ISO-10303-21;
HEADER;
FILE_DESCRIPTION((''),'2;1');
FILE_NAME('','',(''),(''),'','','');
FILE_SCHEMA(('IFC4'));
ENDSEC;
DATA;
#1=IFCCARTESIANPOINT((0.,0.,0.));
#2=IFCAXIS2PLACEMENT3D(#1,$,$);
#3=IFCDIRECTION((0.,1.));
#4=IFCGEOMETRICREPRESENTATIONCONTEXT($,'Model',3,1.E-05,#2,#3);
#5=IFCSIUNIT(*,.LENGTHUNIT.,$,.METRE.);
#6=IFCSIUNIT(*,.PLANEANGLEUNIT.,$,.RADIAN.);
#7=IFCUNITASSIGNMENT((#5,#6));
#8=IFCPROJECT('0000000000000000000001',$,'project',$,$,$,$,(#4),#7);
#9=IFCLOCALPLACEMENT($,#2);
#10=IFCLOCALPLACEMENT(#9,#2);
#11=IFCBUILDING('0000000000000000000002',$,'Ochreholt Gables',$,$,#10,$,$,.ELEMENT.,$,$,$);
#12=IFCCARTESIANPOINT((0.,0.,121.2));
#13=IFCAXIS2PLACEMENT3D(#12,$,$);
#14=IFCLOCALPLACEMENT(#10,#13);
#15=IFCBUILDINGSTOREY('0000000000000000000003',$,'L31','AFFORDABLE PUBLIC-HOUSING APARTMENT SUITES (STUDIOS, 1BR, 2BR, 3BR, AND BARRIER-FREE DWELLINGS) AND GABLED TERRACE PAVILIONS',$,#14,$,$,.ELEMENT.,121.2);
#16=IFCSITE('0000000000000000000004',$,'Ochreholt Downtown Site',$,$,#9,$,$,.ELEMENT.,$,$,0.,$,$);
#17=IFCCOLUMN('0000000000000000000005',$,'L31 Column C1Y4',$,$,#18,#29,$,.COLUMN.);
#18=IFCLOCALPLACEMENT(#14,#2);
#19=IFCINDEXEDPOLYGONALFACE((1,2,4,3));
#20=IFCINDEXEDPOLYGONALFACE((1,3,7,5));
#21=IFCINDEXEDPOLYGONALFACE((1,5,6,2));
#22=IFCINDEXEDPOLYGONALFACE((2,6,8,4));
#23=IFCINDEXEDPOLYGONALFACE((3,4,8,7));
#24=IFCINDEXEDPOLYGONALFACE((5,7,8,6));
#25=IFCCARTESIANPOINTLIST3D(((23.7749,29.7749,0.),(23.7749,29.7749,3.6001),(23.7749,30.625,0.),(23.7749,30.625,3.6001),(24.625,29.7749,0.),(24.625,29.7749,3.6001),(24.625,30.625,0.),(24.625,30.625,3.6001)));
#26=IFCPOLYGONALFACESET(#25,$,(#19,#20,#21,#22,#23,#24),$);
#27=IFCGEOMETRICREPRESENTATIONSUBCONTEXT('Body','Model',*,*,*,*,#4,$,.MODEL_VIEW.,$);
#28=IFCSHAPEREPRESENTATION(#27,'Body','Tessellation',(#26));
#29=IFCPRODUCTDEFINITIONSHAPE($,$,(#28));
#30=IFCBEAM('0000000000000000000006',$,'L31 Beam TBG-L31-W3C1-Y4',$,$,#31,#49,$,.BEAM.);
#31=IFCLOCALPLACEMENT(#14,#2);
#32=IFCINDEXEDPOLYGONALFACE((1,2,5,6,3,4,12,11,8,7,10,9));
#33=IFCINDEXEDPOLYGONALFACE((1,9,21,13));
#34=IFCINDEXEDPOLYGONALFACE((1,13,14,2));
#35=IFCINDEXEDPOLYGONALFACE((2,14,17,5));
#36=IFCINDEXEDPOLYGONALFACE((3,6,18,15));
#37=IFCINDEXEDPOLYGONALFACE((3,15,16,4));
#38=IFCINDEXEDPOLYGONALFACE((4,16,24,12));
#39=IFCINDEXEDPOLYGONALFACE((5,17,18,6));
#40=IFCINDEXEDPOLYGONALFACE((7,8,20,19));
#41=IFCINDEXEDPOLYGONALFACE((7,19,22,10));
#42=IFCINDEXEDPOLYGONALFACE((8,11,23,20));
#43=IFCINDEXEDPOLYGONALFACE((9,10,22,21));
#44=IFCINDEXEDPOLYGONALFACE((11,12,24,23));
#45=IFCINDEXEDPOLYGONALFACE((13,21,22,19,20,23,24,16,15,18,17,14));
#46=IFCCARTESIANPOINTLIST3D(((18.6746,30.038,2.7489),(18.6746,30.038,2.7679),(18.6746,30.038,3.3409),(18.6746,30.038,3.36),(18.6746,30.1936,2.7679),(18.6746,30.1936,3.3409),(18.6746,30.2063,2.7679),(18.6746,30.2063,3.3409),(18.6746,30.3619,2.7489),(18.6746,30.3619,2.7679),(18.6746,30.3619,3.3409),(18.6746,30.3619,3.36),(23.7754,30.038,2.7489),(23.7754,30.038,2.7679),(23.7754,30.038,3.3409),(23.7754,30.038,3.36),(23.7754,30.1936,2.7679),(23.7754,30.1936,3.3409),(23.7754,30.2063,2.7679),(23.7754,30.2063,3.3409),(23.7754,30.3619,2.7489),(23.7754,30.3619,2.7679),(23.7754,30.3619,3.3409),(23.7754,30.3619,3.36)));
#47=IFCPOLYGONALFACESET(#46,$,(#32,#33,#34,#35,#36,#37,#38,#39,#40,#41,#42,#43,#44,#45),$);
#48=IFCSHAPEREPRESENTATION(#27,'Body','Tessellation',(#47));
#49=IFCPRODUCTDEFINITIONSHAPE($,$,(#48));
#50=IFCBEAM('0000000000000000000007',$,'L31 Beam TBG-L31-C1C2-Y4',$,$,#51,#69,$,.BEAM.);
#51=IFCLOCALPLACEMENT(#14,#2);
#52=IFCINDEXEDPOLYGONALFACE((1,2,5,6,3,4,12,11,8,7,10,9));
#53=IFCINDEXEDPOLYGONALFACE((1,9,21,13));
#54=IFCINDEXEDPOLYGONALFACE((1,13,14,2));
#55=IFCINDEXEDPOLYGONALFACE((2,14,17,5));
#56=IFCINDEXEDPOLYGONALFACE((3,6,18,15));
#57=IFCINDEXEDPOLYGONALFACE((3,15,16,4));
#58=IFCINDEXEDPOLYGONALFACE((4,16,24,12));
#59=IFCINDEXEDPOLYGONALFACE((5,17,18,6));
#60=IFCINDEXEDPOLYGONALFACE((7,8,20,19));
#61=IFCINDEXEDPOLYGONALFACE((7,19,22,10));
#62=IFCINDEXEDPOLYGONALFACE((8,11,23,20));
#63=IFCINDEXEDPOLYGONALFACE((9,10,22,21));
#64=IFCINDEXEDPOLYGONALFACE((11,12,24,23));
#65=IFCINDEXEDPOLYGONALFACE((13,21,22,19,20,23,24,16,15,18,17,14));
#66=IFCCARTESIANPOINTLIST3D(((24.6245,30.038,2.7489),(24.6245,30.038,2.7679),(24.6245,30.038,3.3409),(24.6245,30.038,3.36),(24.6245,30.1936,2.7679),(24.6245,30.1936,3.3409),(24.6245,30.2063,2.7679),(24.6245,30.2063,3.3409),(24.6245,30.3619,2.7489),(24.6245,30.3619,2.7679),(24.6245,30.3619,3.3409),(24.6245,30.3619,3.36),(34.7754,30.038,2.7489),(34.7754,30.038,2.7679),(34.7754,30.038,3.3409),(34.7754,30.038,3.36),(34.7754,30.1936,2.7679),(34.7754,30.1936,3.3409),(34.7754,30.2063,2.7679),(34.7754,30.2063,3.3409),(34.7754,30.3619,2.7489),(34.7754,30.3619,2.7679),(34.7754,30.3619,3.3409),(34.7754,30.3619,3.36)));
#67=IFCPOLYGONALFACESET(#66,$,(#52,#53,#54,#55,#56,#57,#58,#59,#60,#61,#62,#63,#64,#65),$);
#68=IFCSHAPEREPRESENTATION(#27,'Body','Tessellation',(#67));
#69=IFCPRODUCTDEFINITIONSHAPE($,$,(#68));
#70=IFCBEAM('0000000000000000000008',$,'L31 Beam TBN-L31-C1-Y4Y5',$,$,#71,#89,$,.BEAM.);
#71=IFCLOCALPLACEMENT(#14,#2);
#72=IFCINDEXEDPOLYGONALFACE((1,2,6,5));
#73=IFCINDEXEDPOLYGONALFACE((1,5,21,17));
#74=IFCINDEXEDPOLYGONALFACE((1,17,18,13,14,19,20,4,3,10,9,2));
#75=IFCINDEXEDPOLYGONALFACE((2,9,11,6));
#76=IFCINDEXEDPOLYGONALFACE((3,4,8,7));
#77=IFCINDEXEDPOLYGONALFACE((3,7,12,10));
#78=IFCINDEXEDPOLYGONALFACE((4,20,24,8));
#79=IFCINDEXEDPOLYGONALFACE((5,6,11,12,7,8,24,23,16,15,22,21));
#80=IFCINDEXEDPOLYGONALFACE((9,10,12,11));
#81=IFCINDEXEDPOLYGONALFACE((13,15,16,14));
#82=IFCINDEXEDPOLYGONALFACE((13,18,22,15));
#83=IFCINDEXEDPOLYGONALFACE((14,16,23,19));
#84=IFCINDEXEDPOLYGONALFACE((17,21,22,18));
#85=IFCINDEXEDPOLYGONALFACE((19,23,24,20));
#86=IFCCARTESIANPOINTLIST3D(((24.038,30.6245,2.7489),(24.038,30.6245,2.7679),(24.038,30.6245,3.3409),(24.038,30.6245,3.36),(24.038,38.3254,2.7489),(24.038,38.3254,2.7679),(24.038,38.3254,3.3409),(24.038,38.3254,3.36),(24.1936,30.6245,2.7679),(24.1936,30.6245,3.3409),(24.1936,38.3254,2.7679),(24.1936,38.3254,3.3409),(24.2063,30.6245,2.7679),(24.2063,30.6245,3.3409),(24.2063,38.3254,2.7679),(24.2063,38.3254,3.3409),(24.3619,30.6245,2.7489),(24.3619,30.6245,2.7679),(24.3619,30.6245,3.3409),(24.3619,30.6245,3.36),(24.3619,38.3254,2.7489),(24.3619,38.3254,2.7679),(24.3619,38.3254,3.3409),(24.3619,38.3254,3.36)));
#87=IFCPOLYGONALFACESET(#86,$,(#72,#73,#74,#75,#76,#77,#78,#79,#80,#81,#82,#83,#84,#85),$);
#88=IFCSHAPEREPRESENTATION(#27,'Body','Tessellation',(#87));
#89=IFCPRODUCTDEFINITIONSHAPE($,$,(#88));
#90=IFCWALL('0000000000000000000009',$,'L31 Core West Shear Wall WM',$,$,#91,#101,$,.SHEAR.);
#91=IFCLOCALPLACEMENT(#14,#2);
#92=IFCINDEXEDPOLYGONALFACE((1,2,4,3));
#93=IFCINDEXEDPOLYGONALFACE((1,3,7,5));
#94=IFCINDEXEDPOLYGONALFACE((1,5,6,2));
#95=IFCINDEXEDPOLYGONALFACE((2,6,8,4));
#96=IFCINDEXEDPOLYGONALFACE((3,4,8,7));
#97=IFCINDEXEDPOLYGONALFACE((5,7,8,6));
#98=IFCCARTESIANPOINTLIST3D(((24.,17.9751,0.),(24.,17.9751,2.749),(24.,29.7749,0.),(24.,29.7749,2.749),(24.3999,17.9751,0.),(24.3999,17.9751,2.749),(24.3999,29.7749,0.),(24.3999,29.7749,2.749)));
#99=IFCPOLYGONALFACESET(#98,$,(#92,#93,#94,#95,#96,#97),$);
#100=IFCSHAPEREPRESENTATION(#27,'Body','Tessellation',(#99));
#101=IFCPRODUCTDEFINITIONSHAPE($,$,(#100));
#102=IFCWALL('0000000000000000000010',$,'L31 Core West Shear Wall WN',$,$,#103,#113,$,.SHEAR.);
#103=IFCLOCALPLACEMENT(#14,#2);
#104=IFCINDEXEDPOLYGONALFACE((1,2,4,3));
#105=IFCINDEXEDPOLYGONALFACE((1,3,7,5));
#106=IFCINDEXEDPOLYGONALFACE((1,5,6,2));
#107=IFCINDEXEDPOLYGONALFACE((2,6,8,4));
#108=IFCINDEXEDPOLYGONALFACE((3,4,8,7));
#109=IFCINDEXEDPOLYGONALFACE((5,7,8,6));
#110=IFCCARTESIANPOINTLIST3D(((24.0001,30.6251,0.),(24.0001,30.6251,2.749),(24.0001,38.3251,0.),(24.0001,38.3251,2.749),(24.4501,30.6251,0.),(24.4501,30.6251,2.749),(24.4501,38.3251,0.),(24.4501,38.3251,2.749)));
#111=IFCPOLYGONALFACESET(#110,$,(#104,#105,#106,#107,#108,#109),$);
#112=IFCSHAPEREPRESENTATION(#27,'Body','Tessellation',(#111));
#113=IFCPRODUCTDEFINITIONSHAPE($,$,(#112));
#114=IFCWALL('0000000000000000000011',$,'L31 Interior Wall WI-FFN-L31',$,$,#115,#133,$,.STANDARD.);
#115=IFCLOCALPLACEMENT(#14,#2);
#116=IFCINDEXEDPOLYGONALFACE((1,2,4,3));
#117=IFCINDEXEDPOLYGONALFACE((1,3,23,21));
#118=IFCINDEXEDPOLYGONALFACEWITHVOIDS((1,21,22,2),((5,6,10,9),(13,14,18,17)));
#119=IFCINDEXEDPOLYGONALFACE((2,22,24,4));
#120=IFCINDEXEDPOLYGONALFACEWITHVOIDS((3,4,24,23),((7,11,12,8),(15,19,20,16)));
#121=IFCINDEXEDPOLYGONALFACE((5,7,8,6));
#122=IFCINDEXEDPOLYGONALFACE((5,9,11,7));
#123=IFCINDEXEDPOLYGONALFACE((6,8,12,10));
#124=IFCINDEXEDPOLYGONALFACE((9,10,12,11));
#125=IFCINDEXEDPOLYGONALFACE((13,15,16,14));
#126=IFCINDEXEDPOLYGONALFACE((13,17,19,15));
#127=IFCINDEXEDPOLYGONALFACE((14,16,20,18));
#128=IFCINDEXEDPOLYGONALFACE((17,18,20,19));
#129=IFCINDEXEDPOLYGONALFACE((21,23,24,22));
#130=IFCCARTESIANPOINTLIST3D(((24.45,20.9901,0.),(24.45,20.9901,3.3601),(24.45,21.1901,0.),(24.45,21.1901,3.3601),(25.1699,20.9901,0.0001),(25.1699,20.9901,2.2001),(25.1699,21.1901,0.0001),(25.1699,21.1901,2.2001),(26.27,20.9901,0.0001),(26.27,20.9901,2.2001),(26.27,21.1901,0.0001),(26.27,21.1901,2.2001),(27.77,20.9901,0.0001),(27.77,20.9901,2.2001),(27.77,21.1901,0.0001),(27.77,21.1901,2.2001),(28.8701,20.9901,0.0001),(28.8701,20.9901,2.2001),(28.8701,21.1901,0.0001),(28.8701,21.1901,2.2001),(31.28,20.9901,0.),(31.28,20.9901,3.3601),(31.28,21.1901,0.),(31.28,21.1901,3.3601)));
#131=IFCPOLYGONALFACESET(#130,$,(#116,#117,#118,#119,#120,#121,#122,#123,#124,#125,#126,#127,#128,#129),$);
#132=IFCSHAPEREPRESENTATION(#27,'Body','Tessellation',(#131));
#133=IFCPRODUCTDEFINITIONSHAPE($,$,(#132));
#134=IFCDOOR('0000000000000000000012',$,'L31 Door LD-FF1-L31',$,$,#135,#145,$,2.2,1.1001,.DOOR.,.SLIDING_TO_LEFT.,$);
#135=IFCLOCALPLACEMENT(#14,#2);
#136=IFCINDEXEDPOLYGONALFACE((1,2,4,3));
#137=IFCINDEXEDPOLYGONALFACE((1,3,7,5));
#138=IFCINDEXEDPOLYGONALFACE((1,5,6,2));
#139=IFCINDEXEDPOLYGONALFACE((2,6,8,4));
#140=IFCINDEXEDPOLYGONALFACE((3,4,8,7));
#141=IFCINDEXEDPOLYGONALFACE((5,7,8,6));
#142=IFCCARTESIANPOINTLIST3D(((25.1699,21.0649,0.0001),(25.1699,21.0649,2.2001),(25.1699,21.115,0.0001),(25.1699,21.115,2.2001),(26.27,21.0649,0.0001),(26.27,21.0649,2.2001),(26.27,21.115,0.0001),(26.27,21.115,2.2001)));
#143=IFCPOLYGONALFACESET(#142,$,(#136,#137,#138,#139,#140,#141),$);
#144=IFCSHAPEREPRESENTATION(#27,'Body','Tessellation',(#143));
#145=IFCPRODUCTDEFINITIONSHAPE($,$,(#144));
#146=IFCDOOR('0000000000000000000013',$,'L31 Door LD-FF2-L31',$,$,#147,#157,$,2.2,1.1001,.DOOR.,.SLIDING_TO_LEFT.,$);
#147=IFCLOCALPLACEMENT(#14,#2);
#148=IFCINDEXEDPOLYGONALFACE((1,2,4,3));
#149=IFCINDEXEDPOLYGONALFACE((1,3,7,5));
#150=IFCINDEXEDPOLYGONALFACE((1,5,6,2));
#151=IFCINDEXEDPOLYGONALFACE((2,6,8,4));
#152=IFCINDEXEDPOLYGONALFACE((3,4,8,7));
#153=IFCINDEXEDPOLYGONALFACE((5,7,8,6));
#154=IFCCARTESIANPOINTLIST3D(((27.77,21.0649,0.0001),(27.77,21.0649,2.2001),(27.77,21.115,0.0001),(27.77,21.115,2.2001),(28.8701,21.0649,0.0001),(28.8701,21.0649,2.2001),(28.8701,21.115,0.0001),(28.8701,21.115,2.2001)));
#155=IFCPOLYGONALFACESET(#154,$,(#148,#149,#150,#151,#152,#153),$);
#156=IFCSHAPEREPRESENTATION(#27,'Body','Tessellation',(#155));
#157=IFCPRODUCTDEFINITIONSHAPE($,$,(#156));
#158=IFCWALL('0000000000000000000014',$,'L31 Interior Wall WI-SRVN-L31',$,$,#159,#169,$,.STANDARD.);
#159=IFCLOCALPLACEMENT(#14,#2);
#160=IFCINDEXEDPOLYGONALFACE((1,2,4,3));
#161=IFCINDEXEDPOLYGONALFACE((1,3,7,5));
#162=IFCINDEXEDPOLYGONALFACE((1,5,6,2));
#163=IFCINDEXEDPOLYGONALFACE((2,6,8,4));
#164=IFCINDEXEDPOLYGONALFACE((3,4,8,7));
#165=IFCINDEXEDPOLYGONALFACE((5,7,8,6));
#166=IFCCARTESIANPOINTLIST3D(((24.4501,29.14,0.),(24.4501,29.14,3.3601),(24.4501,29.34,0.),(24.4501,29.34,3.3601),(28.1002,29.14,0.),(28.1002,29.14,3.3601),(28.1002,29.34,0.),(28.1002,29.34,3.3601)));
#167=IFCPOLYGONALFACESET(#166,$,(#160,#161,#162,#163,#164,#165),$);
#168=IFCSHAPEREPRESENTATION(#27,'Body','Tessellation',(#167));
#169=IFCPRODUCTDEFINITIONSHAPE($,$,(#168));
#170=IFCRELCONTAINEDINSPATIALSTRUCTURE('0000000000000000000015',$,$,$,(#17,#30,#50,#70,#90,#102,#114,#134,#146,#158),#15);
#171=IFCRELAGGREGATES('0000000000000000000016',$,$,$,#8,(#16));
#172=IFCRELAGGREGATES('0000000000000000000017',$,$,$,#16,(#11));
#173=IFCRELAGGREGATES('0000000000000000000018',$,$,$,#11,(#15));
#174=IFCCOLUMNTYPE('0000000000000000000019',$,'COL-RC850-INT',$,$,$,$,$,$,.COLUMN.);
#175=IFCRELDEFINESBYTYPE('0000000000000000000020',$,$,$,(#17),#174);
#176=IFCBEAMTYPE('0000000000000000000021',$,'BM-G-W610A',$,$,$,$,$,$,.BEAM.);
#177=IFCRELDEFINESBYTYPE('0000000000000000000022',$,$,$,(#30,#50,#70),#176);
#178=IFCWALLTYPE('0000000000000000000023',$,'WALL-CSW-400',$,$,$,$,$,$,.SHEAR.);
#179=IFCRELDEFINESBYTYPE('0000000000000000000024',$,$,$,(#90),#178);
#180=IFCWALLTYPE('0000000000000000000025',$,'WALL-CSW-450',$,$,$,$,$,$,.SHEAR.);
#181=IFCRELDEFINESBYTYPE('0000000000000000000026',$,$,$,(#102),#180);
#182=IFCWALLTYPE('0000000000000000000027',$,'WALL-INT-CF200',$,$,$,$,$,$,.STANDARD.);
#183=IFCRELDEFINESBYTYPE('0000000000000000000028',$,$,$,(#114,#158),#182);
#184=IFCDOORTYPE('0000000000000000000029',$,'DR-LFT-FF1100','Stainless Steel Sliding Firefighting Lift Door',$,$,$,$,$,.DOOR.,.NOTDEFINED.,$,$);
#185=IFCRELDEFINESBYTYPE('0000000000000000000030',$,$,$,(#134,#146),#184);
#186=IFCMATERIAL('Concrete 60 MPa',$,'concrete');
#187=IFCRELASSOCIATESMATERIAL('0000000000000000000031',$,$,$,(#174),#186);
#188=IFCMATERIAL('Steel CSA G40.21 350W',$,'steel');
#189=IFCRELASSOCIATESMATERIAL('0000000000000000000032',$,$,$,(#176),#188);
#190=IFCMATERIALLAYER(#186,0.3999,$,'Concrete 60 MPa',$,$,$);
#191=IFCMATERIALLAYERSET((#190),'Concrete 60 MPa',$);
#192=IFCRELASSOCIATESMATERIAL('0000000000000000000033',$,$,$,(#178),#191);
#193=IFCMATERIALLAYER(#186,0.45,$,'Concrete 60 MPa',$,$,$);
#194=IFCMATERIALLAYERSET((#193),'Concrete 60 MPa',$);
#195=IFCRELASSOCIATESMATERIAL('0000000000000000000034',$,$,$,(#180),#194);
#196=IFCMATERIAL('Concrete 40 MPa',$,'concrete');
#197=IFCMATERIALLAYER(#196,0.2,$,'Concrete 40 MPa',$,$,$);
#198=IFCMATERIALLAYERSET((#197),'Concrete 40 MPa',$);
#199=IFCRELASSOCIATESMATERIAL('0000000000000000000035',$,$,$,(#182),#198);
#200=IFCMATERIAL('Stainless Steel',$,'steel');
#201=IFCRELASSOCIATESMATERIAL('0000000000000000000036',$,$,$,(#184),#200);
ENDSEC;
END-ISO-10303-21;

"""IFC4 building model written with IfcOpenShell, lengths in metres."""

from ifc_helpers import new_model, si_unit, direction, frame, frame_2d, origin, origin_2d, place, context, subcontext, project, spatial, rectangle, i_section, extrude, material, layer, layer_set, material_profile, profile_set, type_object, element, fill, save


model = new_model("IFC4")

# Units and contexts
model_context = context("Model", 3, precision=1e-05, world=origin(), true_north=direction((0.0, 1.0)))
body_context = subcontext(model_context, "Body", "Model", "MODEL_VIEW")
ifc_project = project(units=[si_unit("LENGTHUNIT", "METRE"), si_unit("PLANEANGLEUNIT", "RADIAN")], contexts=[model_context])

# Site, building, storey
site_placement = place(None, origin())
site = spatial("IfcSite", under=ifc_project, at=site_placement, Name="Ochreholt Downtown Site", CompositionType="ELEMENT", RefElevation=0.0)
building_placement = place(site_placement, origin())
building = spatial("IfcBuilding", under=site, at=building_placement, Name="Ochreholt Gables", CompositionType="ELEMENT")
storey_placement = place(building_placement, frame((0.0, 0.0, 121.2)))
storey = spatial("IfcBuildingStorey", under=building, at=storey_placement, Name="L31", Description="AFFORDABLE PUBLIC-HOUSING APARTMENT SUITES (STUDIOS, 1BR, 2BR, 3BR, AND BARRIER-FREE DWELLINGS) AND GABLED TERRACE PAVILIONS", CompositionType="ELEMENT", Elevation=121.2)

# Column
ifc_material_1 = material(Name="Concrete 60 MPa", Category="concrete")
ifc_material_profile_1 = material_profile(ifc_material_1, rectangle(XDim=0.8501, YDim=0.8501, at=origin_2d()), Name="RC850X850")
ifc_profile_set_1 = profile_set([ifc_material_profile_1], Name="Concrete 60 MPa")
column_type = type_object("IfcColumnType", Name="COL-RC850-INT", PredefinedType="COLUMN", material=ifc_profile_set_1)
column_placement = place(storey_placement, frame((24.2, 30.2, 0.0), z_axis=(0.0, 0.0, 1.0), x_axis=(1.0, 0.0, 0.0)))
element("IfcColumn", 1, at=column_placement, inside=storey, type_object=column_type, Name="L31 Column C1Y4", PredefinedType="COLUMN", context=body_context, shape_type="SweptSolid", body=[
    extrude(rectangle(XDim=0.8501, YDim=0.8501, at=origin_2d()), origin(), (0.0, 0.0, 1.0), 3.6001),
])

# Beams
ifc_material_2 = material(Name="Steel CSA G40.21 350W", Category="steel")
ifc_material_profile_2 = material_profile(ifc_material_2, i_section(OverallWidth=0.324, OverallDepth=0.6111, WebThickness=0.0127, FlangeThickness=0.019, at=origin_2d()), Name="W610X155")
ifc_profile_set_2 = profile_set([ifc_material_profile_2], Name="Steel CSA G40.21 350W")
beam_type = type_object("IfcBeamType", Name="BM-G-W610A", PredefinedType="BEAM", material=ifc_profile_set_2)
beam_1_placement = place(storey_placement, frame((18.6746, 30.2, 3.0544), z_axis=(1.0, 0.0, 0.0), x_axis=(0.0, 1.0, 0.0)))
element("IfcBeam", 2, at=beam_1_placement, inside=storey, type_object=beam_type, Name="L31 Beam TBG-L31-W3C1-Y4", PredefinedType="BEAM", context=body_context, shape_type="SweptSolid", body=[
    extrude(i_section(OverallWidth=0.324, OverallDepth=0.6111, WebThickness=0.0127, FlangeThickness=0.019, at=origin_2d()), origin(), (0.0, 0.0, 1.0), 5.1008),
])
beam_2_placement = place(storey_placement, frame((24.6245, 30.2, 3.0544), z_axis=(1.0, 0.0, 0.0), x_axis=(0.0, 1.0, 0.0)))
element("IfcBeam", 3, at=beam_2_placement, inside=storey, type_object=beam_type, Name="L31 Beam TBG-L31-C1C2-Y4", PredefinedType="BEAM", context=body_context, shape_type="SweptSolid", body=[
    extrude(i_section(OverallWidth=0.324, OverallDepth=0.6111, WebThickness=0.0127, FlangeThickness=0.019, at=origin_2d()), origin(), (0.0, 0.0, 1.0), 10.1509),
])
beam_3_placement = place(storey_placement, frame((24.2, 30.6245, 3.0544), z_axis=(0.0, 1.0, 0.0), x_axis=(-1.0, 0.0, 0.0)))
element("IfcBeam", 4, at=beam_3_placement, inside=storey, type_object=beam_type, Name="L31 Beam TBN-L31-C1-Y4Y5", PredefinedType="BEAM", context=body_context, shape_type="SweptSolid", body=[
    extrude(i_section(OverallWidth=0.324, OverallDepth=0.6111, WebThickness=0.0127, FlangeThickness=0.019, at=origin_2d()), origin(), (0.0, 0.0, 1.0), 7.7009),
])

# Walls
ifc_layer_1 = layer(ifc_material_1, 0.3999, Name="Concrete 60 MPa")
ifc_layer_set_1 = layer_set([ifc_layer_1], Name="Concrete 60 MPa")
wall_type_1 = type_object("IfcWallType", Name="WALL-CSW-400", PredefinedType="SHEAR", material=ifc_layer_set_1)
wall_1_placement = place(storey_placement, frame((24.2, 17.9751, 0.0), z_axis=(0.0, 0.0, 1.0), x_axis=(0.0, 1.0, 0.0)))
element("IfcWall", 5, at=wall_1_placement, inside=storey, type_object=wall_type_1, Name="L31 Core West Shear Wall WM", PredefinedType="SHEAR", context=body_context, shape_type="SweptSolid", body=[
    extrude(rectangle(XDim=11.7998, YDim=0.3999, at=frame_2d((5.8999, 0.0))), origin(), (0.0, 0.0, 1.0), 2.749),
])
ifc_layer_2 = layer(ifc_material_1, 0.45, Name="Concrete 60 MPa")
ifc_layer_set_2 = layer_set([ifc_layer_2], Name="Concrete 60 MPa")
wall_type_2 = type_object("IfcWallType", Name="WALL-CSW-450", PredefinedType="SHEAR", material=ifc_layer_set_2)
wall_2_placement = place(storey_placement, frame((24.2251, 30.625, 0.0), z_axis=(0.0, 0.0, 1.0), x_axis=(0.0, 1.0, 0.0)))
element("IfcWall", 6, at=wall_2_placement, inside=storey, type_object=wall_type_2, Name="L31 Core West Shear Wall WN", PredefinedType="SHEAR", context=body_context, shape_type="SweptSolid", body=[
    extrude(rectangle(XDim=7.7, YDim=0.45, at=frame_2d((3.8501, 0.0))), origin(), (0.0, 0.0, 1.0), 2.749),
])

# Wall, openings, doors
ifc_material_3 = material(Name="Concrete 40 MPa", Category="concrete")
ifc_layer_3 = layer(ifc_material_3, 0.2, Name="Concrete 40 MPa")
ifc_layer_set_3 = layer_set([ifc_layer_3], Name="Concrete 40 MPa")
wall_type_3 = type_object("IfcWallType", Name="WALL-INT-CF200", PredefinedType="STANDARD", material=ifc_layer_set_3)
wall_3_placement = place(storey_placement, frame((24.45, 21.0901, 0.0), z_axis=(0.0, 0.0, 1.0), x_axis=(1.0, 0.0, 0.0)))
wall_3 = element("IfcWall", 7, at=wall_3_placement, inside=storey, type_object=wall_type_3, Name="L31 Interior Wall WI-FFN-L31", PredefinedType="STANDARD", context=body_context, shape_type="SweptSolid", body=[
    extrude(rectangle(XDim=6.8301, YDim=0.2, at=frame_2d((3.415, 0.0))), origin(), (0.0, 0.0, 1.0), 3.3601),
])
opening_1_placement = place(wall_3_placement, frame((0.72, 0.0, 0.0)))
opening_1 = element("IfcOpeningElement", 8, at=opening_1_placement, cuts=wall_3, PredefinedType="OPENING", context=body_context, shape_type="SweptSolid", body=[
    extrude(rectangle(XDim=1.1001, YDim=2.2, at=frame_2d((0.55, 1.1001))), frame((0.0, 0.1099, 0.0), z_axis=(0.0, -1.0, 0.0), x_axis=(1.0, 0.0, 0.0)), (0.0, 0.0, 1.0), 0.22),
])
opening_2_placement = place(wall_3_placement, frame((3.3201, 0.0, 0.0)))
opening_2 = element("IfcOpeningElement", 9, at=opening_2_placement, cuts=wall_3, PredefinedType="OPENING", context=body_context, shape_type="SweptSolid", body=[
    extrude(rectangle(XDim=1.1001, YDim=2.2, at=frame_2d((0.55, 1.1001))), frame((0.0, 0.1099, 0.0), z_axis=(0.0, -1.0, 0.0), x_axis=(1.0, 0.0, 0.0)), (0.0, 0.0, 1.0), 0.22),
])
ifc_material_4 = material(Name="Stainless Steel", Category="steel")
door_type_1 = type_object("IfcDoorType", Name="DR-LFT-FF1100", Description="Stainless Steel Sliding Firefighting Lift Door", OperationType="NOTDEFINED", PredefinedType="DOOR", material=ifc_material_4)
door_1_placement = place(opening_1_placement, origin())
door_1 = element("IfcDoor", 10, at=door_1_placement, inside=storey, type_object=door_type_1, Name="L31 Door LD-FF1-L31", OperationType="SLIDING_TO_LEFT", OverallHeight=2.2, OverallWidth=1.1001, PredefinedType="DOOR", context=body_context, shape_type="SweptSolid", body=[
    extrude(rectangle(XDim=1.1001, YDim=2.2, at=frame_2d((0.55, 1.1001))), frame((0.0, 0.0249, 0.0), z_axis=(0.0, -1.0, 0.0), x_axis=(1.0, 0.0, 0.0)), (0.0, 0.0, 1.0), 0.05),
])
fill(opening_1, door_1)
door_2_placement = place(opening_2_placement, origin())
door_2 = element("IfcDoor", 11, at=door_2_placement, inside=storey, type_object=door_type_1, Name="L31 Door LD-FF2-L31", OperationType="SLIDING_TO_LEFT", OverallHeight=2.2, OverallWidth=1.1001, PredefinedType="DOOR", context=body_context, shape_type="SweptSolid", body=[
    extrude(rectangle(XDim=1.1001, YDim=2.2, at=frame_2d((0.55, 1.1001))), frame((0.0, 0.0249, 0.0), z_axis=(0.0, -1.0, 0.0), x_axis=(1.0, 0.0, 0.0)), (0.0, 0.0, 1.0), 0.05),
])
fill(opening_2, door_2)

# Wall
wall_4_placement = place(storey_placement, frame((24.45, 29.24, 0.0), z_axis=(0.0, 0.0, 1.0), x_axis=(1.0, 0.0, 0.0)))
element("IfcWall", 12, at=wall_4_placement, inside=storey, type_object=wall_type_3, Name="L31 Interior Wall WI-SRVN-L31", PredefinedType="STANDARD", context=body_context, shape_type="SweptSolid", body=[
    extrude(rectangle(XDim=3.6501, YDim=0.2, at=frame_2d((1.8252, 0.0))), origin(), (0.0, 0.0, 1.0), 3.3601),
])

save(model, "model.ifc")
